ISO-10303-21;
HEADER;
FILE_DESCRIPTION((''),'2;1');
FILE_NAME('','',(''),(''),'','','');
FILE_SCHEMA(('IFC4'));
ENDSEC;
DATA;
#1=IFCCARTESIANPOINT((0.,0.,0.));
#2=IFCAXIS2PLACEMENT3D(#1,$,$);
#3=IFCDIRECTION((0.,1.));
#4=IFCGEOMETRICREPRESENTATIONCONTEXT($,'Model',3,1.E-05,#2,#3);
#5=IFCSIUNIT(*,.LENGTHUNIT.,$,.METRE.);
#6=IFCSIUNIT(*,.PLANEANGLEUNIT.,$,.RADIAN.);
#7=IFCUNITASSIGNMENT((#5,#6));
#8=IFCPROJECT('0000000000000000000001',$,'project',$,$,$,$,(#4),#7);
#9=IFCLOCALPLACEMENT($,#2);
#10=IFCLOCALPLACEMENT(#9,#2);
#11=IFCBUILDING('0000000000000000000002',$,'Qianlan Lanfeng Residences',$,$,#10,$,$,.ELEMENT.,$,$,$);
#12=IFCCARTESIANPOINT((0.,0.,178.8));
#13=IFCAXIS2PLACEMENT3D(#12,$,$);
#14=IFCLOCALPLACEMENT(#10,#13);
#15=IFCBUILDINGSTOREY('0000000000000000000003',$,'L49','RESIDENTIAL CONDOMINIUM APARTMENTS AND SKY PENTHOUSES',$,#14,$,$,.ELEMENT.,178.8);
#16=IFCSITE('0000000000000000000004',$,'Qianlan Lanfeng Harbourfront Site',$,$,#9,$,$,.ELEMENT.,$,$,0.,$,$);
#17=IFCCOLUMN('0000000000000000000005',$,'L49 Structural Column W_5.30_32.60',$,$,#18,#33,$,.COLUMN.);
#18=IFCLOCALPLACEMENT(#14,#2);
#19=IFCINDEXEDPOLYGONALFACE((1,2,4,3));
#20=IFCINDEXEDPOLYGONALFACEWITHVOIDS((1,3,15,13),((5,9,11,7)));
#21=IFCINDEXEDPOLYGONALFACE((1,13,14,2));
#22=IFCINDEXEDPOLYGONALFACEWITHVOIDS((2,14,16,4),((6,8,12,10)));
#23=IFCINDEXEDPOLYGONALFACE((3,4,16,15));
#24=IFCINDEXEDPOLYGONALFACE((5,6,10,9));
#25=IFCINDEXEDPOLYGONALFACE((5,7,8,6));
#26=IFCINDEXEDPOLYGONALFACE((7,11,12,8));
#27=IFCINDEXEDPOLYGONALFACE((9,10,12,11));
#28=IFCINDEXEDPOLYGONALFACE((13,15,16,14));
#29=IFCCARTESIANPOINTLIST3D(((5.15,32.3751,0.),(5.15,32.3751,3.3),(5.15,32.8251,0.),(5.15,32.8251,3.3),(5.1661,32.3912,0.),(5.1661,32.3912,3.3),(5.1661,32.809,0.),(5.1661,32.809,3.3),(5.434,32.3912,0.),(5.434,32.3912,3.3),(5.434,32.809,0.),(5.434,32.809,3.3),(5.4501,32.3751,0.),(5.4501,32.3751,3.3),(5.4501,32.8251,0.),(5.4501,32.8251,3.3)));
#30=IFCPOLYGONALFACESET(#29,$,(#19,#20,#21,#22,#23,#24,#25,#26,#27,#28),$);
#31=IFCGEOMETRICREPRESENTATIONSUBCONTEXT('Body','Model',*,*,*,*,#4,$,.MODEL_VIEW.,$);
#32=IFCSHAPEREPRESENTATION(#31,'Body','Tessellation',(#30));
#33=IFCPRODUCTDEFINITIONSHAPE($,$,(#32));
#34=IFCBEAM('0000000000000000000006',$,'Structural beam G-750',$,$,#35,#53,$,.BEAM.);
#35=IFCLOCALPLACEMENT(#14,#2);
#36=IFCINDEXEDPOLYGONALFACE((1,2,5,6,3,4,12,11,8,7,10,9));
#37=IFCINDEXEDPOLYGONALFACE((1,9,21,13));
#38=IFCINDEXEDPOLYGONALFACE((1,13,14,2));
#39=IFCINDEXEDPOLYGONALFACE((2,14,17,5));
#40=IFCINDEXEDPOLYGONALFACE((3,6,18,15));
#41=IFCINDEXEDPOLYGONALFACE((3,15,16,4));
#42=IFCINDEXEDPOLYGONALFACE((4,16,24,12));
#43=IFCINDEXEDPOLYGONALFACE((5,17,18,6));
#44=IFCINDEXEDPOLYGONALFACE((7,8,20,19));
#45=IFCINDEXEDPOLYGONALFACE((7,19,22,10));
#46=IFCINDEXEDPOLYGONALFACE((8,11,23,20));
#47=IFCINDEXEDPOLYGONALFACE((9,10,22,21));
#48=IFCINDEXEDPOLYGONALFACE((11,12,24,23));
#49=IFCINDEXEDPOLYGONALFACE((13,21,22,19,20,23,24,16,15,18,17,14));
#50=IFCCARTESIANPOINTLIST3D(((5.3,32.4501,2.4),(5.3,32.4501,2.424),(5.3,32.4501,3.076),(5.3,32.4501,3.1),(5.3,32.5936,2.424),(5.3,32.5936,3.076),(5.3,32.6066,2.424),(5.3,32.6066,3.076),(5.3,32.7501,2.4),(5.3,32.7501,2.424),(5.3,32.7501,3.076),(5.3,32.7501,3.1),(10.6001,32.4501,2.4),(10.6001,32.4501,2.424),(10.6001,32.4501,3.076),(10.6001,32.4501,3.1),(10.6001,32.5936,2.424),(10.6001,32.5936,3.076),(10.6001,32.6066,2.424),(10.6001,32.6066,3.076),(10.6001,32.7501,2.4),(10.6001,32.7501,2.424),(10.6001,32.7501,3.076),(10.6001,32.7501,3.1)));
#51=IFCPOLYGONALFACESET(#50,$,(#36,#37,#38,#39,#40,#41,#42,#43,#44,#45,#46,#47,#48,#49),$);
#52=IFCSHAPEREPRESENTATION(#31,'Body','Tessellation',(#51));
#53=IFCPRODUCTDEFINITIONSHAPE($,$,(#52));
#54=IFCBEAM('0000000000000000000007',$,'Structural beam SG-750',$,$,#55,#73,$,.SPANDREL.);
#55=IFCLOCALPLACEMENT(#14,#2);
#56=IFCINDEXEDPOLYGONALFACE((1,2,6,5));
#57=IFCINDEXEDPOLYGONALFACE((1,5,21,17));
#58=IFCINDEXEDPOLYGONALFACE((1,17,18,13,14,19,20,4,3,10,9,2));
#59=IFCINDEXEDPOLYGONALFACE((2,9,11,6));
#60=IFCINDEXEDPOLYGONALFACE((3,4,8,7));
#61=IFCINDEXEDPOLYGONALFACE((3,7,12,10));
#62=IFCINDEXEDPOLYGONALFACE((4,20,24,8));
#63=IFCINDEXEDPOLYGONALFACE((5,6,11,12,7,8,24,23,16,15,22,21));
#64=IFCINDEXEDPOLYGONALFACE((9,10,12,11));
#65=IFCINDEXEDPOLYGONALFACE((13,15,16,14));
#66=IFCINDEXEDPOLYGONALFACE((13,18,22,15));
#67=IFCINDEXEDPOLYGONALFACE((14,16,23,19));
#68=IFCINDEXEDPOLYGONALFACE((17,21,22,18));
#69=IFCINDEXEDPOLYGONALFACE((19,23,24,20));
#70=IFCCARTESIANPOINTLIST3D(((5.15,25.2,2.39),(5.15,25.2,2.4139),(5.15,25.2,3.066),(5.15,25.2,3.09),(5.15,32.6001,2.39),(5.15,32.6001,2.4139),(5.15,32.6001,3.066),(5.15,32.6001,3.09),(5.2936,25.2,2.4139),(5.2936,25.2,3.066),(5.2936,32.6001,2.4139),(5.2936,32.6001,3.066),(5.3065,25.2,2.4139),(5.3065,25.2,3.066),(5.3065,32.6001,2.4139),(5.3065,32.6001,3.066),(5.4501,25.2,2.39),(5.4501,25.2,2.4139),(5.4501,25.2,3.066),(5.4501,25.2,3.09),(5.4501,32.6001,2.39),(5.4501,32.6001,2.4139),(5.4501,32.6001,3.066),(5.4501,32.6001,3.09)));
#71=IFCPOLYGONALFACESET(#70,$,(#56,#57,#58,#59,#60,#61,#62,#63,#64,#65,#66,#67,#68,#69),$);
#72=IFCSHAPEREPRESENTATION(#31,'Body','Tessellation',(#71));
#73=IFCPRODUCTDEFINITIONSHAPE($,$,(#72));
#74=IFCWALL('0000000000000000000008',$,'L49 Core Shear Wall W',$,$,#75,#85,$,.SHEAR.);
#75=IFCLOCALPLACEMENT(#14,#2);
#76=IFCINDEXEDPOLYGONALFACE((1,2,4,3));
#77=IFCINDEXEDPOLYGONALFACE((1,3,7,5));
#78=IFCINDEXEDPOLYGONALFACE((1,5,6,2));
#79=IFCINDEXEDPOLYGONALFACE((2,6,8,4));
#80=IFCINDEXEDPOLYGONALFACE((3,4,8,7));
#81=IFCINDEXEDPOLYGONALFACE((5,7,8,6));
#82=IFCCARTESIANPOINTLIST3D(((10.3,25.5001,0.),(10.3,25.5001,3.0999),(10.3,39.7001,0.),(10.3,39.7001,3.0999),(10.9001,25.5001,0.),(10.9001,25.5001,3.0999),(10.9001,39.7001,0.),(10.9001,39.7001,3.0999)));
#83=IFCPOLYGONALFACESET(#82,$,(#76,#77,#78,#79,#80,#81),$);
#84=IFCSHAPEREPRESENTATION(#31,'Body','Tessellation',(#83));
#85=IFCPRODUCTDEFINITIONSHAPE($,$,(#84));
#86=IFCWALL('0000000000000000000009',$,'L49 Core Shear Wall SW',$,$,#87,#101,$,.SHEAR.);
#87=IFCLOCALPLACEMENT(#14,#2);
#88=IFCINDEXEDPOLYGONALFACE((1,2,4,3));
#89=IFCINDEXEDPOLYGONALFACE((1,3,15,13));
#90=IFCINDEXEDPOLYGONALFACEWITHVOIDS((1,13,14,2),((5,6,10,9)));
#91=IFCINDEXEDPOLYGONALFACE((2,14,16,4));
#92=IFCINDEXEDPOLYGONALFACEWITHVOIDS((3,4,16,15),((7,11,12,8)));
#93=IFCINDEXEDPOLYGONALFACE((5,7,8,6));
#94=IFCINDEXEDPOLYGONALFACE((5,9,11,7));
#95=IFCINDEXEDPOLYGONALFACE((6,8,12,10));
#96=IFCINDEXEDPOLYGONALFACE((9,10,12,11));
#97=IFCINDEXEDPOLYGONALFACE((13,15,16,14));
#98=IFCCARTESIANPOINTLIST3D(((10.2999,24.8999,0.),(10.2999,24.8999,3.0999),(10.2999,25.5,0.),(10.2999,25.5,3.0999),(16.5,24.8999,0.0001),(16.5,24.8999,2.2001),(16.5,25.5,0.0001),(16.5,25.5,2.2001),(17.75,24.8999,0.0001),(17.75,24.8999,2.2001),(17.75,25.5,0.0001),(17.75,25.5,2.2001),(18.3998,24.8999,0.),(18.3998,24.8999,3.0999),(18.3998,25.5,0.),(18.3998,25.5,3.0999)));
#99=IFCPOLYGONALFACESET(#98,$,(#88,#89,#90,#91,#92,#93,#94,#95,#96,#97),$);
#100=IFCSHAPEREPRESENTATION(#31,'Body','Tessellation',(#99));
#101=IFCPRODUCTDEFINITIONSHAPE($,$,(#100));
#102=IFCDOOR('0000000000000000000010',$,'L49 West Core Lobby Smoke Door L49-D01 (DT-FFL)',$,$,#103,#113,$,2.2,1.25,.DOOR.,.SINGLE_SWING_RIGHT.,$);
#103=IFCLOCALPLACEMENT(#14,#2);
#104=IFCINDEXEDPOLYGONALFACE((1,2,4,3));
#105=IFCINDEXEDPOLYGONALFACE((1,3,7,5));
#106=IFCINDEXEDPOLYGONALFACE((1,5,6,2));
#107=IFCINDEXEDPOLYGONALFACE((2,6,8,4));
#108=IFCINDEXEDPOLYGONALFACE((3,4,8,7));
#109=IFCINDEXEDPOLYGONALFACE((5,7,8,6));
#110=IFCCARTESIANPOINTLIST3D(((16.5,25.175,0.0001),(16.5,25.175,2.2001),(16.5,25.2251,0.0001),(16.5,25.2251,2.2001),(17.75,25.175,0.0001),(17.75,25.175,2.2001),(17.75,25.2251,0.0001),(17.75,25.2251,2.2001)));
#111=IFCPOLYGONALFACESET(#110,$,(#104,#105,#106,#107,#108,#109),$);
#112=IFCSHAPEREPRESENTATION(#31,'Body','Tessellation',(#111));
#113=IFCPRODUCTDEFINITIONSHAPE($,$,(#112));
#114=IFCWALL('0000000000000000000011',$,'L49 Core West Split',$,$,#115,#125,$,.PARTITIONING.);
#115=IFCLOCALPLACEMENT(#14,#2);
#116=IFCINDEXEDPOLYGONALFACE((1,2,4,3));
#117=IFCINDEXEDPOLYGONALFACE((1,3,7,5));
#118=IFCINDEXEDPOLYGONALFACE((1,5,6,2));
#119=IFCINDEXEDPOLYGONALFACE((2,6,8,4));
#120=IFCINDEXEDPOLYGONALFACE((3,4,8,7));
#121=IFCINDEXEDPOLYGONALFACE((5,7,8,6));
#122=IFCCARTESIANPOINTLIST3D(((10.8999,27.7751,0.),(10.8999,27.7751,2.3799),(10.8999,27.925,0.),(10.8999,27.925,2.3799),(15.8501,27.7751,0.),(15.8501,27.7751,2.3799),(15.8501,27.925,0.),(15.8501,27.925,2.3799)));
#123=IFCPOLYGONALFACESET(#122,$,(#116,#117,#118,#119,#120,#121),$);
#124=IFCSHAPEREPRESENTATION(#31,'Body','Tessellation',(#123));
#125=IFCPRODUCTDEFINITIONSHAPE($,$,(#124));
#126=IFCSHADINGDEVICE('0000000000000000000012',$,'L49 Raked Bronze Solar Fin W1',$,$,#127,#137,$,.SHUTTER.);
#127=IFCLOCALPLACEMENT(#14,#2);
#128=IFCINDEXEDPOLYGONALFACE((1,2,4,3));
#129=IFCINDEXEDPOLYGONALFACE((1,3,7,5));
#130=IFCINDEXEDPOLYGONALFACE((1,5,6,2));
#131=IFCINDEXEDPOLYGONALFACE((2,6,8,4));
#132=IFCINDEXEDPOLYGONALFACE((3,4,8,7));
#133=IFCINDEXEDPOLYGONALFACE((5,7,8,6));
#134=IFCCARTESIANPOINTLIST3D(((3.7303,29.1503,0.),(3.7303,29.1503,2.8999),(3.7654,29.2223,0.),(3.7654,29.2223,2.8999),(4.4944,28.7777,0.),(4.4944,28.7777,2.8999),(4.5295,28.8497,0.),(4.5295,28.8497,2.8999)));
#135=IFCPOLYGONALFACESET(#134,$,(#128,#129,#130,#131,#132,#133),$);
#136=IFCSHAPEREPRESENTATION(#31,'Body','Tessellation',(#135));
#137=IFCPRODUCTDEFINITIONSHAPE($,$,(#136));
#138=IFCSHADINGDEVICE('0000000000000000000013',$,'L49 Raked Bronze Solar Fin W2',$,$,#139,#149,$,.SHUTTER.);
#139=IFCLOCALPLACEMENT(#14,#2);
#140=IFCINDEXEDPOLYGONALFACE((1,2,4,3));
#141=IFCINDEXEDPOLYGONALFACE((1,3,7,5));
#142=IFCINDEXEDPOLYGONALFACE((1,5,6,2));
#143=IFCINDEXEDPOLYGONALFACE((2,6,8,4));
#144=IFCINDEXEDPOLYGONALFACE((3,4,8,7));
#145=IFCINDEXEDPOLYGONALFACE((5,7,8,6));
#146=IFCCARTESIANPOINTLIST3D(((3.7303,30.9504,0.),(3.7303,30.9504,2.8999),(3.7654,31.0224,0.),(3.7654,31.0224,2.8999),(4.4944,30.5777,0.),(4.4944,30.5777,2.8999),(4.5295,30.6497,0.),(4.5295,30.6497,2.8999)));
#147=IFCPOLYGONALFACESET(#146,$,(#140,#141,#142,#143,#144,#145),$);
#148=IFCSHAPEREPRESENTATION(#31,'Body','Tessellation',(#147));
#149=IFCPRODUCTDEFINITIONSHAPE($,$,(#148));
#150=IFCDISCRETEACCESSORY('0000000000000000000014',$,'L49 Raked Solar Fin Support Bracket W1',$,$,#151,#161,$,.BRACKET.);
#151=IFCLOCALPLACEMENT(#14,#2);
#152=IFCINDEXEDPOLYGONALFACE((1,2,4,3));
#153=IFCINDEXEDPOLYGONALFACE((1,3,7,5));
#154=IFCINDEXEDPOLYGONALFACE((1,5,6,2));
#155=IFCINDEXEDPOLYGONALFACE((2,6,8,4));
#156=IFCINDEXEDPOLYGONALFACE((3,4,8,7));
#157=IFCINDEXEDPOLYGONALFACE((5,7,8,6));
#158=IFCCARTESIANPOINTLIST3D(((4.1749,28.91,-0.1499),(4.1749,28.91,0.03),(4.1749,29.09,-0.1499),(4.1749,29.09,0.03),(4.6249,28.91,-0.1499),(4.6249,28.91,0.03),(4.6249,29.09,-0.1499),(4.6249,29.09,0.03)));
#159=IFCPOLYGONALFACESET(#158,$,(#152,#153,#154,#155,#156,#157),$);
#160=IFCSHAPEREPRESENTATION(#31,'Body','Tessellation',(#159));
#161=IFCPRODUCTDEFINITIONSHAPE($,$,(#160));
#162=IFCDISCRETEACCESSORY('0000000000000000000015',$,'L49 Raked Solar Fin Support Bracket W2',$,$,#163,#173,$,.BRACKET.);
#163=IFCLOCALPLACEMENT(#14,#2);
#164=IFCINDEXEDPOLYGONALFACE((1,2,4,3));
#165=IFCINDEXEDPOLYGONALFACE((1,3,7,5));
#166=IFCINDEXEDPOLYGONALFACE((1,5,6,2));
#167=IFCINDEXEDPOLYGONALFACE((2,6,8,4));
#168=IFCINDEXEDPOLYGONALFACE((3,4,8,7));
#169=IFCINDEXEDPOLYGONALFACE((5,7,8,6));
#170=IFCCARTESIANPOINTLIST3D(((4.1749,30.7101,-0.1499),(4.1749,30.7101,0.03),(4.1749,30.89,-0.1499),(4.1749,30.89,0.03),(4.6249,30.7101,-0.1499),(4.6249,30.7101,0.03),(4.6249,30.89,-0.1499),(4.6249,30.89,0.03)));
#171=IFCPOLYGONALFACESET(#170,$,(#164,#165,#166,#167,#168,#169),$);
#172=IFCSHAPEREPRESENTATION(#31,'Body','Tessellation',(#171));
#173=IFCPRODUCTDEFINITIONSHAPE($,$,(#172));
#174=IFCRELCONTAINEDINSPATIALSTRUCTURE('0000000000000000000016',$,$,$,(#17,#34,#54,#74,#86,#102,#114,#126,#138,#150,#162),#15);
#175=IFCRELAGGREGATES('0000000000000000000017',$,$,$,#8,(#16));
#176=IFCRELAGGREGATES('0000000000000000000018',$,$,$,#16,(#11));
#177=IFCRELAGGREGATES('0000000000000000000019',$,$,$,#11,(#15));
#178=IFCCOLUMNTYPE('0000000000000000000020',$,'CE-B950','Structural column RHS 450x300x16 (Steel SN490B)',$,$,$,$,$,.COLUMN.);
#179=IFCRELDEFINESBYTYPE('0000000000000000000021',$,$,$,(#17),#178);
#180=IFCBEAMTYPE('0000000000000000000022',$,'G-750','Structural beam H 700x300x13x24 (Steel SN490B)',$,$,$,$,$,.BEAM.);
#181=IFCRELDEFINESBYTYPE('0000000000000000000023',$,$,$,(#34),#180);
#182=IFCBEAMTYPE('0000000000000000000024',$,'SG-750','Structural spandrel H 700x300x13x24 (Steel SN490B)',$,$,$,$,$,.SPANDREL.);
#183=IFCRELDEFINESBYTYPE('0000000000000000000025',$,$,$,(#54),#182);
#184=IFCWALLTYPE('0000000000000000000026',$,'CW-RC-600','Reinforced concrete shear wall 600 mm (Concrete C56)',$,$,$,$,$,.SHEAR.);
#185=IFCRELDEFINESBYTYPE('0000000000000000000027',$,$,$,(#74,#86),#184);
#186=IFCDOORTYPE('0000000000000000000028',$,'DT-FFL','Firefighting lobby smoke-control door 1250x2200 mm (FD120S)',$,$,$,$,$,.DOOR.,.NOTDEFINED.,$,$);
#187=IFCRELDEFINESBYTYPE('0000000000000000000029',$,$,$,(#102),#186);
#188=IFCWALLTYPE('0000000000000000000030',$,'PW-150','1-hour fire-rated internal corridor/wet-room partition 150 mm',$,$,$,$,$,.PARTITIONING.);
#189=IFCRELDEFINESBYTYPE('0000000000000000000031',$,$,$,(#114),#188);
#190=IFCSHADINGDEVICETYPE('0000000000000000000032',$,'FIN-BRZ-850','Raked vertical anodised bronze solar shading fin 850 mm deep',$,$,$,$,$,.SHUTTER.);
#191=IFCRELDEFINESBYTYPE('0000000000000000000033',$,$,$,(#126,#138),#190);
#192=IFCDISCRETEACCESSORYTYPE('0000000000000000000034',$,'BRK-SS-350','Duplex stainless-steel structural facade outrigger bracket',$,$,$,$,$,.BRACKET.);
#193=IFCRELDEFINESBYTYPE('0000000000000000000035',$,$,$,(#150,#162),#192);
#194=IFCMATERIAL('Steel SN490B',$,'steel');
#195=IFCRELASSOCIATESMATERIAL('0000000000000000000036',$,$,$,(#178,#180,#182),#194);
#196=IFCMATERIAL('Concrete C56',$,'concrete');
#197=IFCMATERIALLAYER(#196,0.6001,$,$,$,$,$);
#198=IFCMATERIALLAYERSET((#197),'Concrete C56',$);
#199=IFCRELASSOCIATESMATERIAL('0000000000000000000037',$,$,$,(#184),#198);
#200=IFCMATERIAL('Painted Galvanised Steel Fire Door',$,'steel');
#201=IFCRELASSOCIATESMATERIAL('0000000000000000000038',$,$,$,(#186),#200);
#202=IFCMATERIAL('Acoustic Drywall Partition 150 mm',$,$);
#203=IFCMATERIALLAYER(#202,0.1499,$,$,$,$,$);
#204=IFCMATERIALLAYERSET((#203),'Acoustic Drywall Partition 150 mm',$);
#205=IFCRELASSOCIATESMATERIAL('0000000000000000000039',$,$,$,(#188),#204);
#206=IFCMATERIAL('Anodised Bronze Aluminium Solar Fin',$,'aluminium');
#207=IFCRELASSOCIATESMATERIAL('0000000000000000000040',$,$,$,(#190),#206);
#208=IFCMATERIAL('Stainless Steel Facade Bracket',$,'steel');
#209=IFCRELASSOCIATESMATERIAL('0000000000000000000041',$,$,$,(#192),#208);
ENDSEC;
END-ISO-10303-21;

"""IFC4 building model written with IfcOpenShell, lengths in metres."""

from ifc_helpers import new_model, si_unit, direction, frame, frame_2d, origin, origin_2d, place, context, subcontext, project, spatial, rectangle, hollow_rectangle, i_section, extrude, source, transform, mapped, material, layer, layer_set, material_profile, profile_set, type_object, element, fill, save


model = new_model("IFC4")

# Units and contexts
model_context = context("Model", 3, precision=1e-05, world=origin(), true_north=direction((0.0, 1.0)))
body_context = subcontext(model_context, "Body", "Model", "MODEL_VIEW")
ifc_project = project(units=[si_unit("LENGTHUNIT", "METRE"), si_unit("PLANEANGLEUNIT", "RADIAN")], contexts=[model_context])

# Site, building, storey
site_placement = place(None, origin())
site = spatial("IfcSite", under=ifc_project, at=site_placement, Name="Qianlan Lanfeng Harbourfront Site", CompositionType="ELEMENT", RefElevation=0.0)
building_placement = place(site_placement, origin())
building = spatial("IfcBuilding", under=site, at=building_placement, Name="Qianlan Lanfeng Residences", CompositionType="ELEMENT")
storey_placement = place(building_placement, frame((0.0, 0.0, 178.8)))
storey = spatial("IfcBuildingStorey", under=building, at=storey_placement, Name="L49", Description="RESIDENTIAL CONDOMINIUM APARTMENTS AND SKY PENTHOUSES", CompositionType="ELEMENT", Elevation=178.8)

# Column
ifc_material_1 = material(Name="Steel SN490B", Category="steel")
ifc_material_profile_1 = material_profile(ifc_material_1, hollow_rectangle(XDim=0.3, YDim=0.45, WallThickness=0.0161, at=origin_2d()), Name="RHS 450x300x16")
ifc_profile_set_1 = profile_set([ifc_material_profile_1], Name="Steel SN490B")
column_type = type_object("IfcColumnType", Name="CE-B950", Description="Structural column RHS 450x300x16 (Steel SN490B)", PredefinedType="COLUMN", material=ifc_profile_set_1)
column_placement = place(storey_placement, frame((5.3, 32.6001, 0.0), z_axis=(0.0, 0.0, 1.0), x_axis=(1.0, 0.0, 0.0)))
element("IfcColumn", 1, at=column_placement, inside=storey, type_object=column_type, Name="L49 Structural Column W_5.30_32.60", PredefinedType="COLUMN", context=body_context, shape_type="SweptSolid", body=[
    extrude(hollow_rectangle(XDim=0.3, YDim=0.45, WallThickness=0.0161, at=origin_2d()), origin(), (0.0, 0.0, 1.0), 3.3),
])

# Beams
ifc_material_profile_2 = material_profile(ifc_material_1, i_section(OverallWidth=0.3, OverallDepth=0.7, WebThickness=0.0129, FlangeThickness=0.0239, at=origin_2d()), Name="H 700x300x13x24")
ifc_profile_set_2 = profile_set([ifc_material_profile_2], Name="Steel SN490B")
beam_type_1 = type_object("IfcBeamType", Name="G-750", Description="Structural beam H 700x300x13x24 (Steel SN490B)", PredefinedType="BEAM", material=ifc_profile_set_2)
beam_1_placement = place(storey_placement, frame((5.3, 32.6001, 2.75), z_axis=(1.0, 0.0, 0.0), x_axis=(0.0, 1.0, 0.0)))
element("IfcBeam", 2, at=beam_1_placement, inside=storey, type_object=beam_type_1, Name="Structural beam G-750", PredefinedType="BEAM", context=body_context, shape_type="SweptSolid", body=[
    extrude(i_section(OverallWidth=0.3, OverallDepth=0.7, WebThickness=0.0129, FlangeThickness=0.0239, at=origin_2d()), origin(), (0.0, 0.0, 1.0), 5.3),
])
ifc_material_profile_3 = material_profile(ifc_material_1, i_section(OverallWidth=0.3, OverallDepth=0.7, WebThickness=0.0129, FlangeThickness=0.0239, at=origin_2d()), Name="H 700x300x13x24")
ifc_profile_set_3 = profile_set([ifc_material_profile_3], Name="Steel SN490B")
beam_type_2 = type_object("IfcBeamType", Name="SG-750", Description="Structural spandrel H 700x300x13x24 (Steel SN490B)", PredefinedType="SPANDREL", material=ifc_profile_set_3)
beam_2_placement = place(storey_placement, frame((5.3, 25.2, 2.74), z_axis=(0.0, 1.0, 0.0), x_axis=(-1.0, 0.0, 0.0)))
element("IfcBeam", 3, at=beam_2_placement, inside=storey, type_object=beam_type_2, Name="Structural beam SG-750", PredefinedType="SPANDREL", context=body_context, shape_type="SweptSolid", body=[
    extrude(i_section(OverallWidth=0.3, OverallDepth=0.7, WebThickness=0.0129, FlangeThickness=0.0239, at=origin_2d()), origin(), (0.0, 0.0, 1.0), 7.4001),
])

# Wall
ifc_material_2 = material(Name="Concrete C56", Category="concrete")
ifc_layer_1 = layer(ifc_material_2, 0.6001)
ifc_layer_set_1 = layer_set([ifc_layer_1], Name="Concrete C56")
wall_type_1 = type_object("IfcWallType", Name="CW-RC-600", Description="Reinforced concrete shear wall 600 mm (Concrete C56)", PredefinedType="SHEAR", material=ifc_layer_set_1)
wall_1_placement = place(storey_placement, frame((10.6001, 25.5, 0.0), z_axis=(0.0, 0.0, 1.0), x_axis=(0.0, 1.0, 0.0)))
element("IfcWall", 4, at=wall_1_placement, inside=storey, type_object=wall_type_1, Name="L49 Core Shear Wall W", PredefinedType="SHEAR", context=body_context, shape_type="SweptSolid", body=[
    extrude(rectangle(XDim=14.2, YDim=0.6001, at=frame_2d((7.1001, 0.0))), origin(), (0.0, 0.0, 1.0), 3.0999),
])

# Wall, opening, door
wall_2_placement = place(storey_placement, frame((10.3, 25.2, 0.0), z_axis=(0.0, 0.0, 1.0), x_axis=(1.0, 0.0, 0.0)))
wall_2 = element("IfcWall", 5, at=wall_2_placement, inside=storey, type_object=wall_type_1, Name="L49 Core Shear Wall SW", PredefinedType="SHEAR", context=body_context, shape_type="SweptSolid", body=[
    extrude(rectangle(XDim=8.0999, YDim=0.6001, at=frame_2d((4.0498, 0.0))), origin(), (0.0, 0.0, 1.0), 3.0999),
])
opening_placement = place(wall_2_placement, frame((6.2, 0.0, 0.0)))
opening = element("IfcOpeningElement", 6, at=opening_placement, cuts=wall_2, PredefinedType="OPENING", context=body_context, shape_type="SweptSolid", body=[
    extrude(rectangle(XDim=1.25, YDim=2.2, at=frame_2d((0.625, 1.1001))), frame((0.0, 0.3101, 0.0), z_axis=(0.0, -1.0, 0.0), x_axis=(1.0, 0.0, 0.0)), (0.0, 0.0, 1.0), 0.6201),
])
ifc_material_3 = material(Name="Painted Galvanised Steel Fire Door", Category="steel")
door_type = type_object("IfcDoorType", Name="DT-FFL", Description="Firefighting lobby smoke-control door 1250x2200 mm (FD120S)", OperationType="NOTDEFINED", PredefinedType="DOOR", material=ifc_material_3)
door_placement = place(opening_placement, frame((1.25, 0.0, 0.0), z_axis=(0.0, 0.0, 1.0), x_axis=(-1.0, 0.0, 0.0)))
door = element("IfcDoor", 7, at=door_placement, inside=storey, type_object=door_type, Name="L49 West Core Lobby Smoke Door L49-D01 (DT-FFL)", OperationType="SINGLE_SWING_RIGHT", OverallHeight=2.2, OverallWidth=1.25, PredefinedType="DOOR", context=body_context, shape_type="SweptSolid", body=[
    extrude(rectangle(XDim=1.25, YDim=2.2, at=frame_2d((0.625, 1.1001))), frame((0.0, 0.0249, 0.0), z_axis=(0.0, -1.0, 0.0), x_axis=(1.0, 0.0, 0.0)), (0.0, 0.0, 1.0), 0.05),
])
fill(opening, door)

# Wall
ifc_material_4 = material(Name="Acoustic Drywall Partition 150 mm")
ifc_layer_2 = layer(ifc_material_4, 0.1499)
ifc_layer_set_2 = layer_set([ifc_layer_2], Name="Acoustic Drywall Partition 150 mm")
wall_type_2 = type_object("IfcWallType", Name="PW-150", Description="1-hour fire-rated internal corridor/wet-room partition 150 mm", PredefinedType="PARTITIONING", material=ifc_layer_set_2)
wall_3_placement = place(storey_placement, frame((10.8999, 27.8501, 0.0), z_axis=(0.0, 0.0, 1.0), x_axis=(1.0, 0.0, 0.0)))
element("IfcWall", 8, at=wall_3_placement, inside=storey, type_object=wall_type_2, Name="L49 Core West Split", PredefinedType="PARTITIONING", context=body_context, shape_type="SweptSolid", body=[
    extrude(rectangle(XDim=4.9502, YDim=0.1499, at=frame_2d((2.4751, 0.0))), origin(), (0.0, 0.0, 1.0), 2.3799),
])

# Shading devices
ifc_material_5 = material(Name="Anodised Bronze Aluminium Solar Fin", Category="aluminium")
shading_device_type = type_object("IfcShadingDeviceType", Name="FIN-BRZ-850", Description="Raked vertical anodised bronze solar shading fin 850 mm deep", PredefinedType="SHUTTER", material=ifc_material_5)
shared_shape_1 = source(origin(), body_context, "Body", "SweptSolid", [
    extrude(rectangle(XDim=0.8501, YDim=0.0801, at=origin_2d()), origin(), (0.0, 0.0, 1.0), 2.8999),
])
for number, where, z_axis, x_axis, name in (
    (9, (4.1299, 29.0, 0.0), (0.0, 0.0, 1.0), (0.898794, -0.438371, 0.0), "L49 Raked Bronze Solar Fin W1"),
    (10, (4.1299, 30.8, 0.0), (0.0, 0.0, 1.0), (0.898794, -0.438371, 0.0), "L49 Raked Bronze Solar Fin W2"),
):
    element("IfcShadingDevice", number, at=place(storey_placement, frame(where, z_axis=z_axis, x_axis=x_axis)), inside=storey, type_object=shading_device_type, Name=name, PredefinedType="SHUTTER", context=body_context, shape_type="MappedRepresentation", body=[
        mapped(shared_shape_1, transform((0.0, 0.0, 0.0), scale=1.0)),
    ])

# Discrete accessories
ifc_material_6 = material(Name="Stainless Steel Facade Bracket", Category="steel")
discrete_accessory_type = type_object("IfcDiscreteAccessoryType", Name="BRK-SS-350", Description="Duplex stainless-steel structural facade outrigger bracket", PredefinedType="BRACKET", material=ifc_material_6)
shared_shape_2 = source(origin(), body_context, "Body", "SweptSolid", [
    extrude(rectangle(XDim=0.45, YDim=0.1799, at=origin_2d()), origin(), (0.0, 0.0, 1.0), 0.1799),
])
for number, where, z_axis, x_axis, name in (
    (11, (4.3999, 29.0, -0.1499), (0.0, 0.0, 1.0), (1.0, 0.0, 0.0), "L49 Raked Solar Fin Support Bracket W1"),
    (12, (4.3999, 30.8, -0.1499), (0.0, 0.0, 1.0), (1.0, 0.0, 0.0), "L49 Raked Solar Fin Support Bracket W2"),
):
    element("IfcDiscreteAccessory", number, at=place(storey_placement, frame(where, z_axis=z_axis, x_axis=x_axis)), inside=storey, type_object=discrete_accessory_type, Name=name, PredefinedType="BRACKET", context=body_context, shape_type="MappedRepresentation", body=[
        mapped(shared_shape_2, transform((0.0, 0.0, 0.0), scale=1.0)),
    ])

save(model, "model.ifc")
